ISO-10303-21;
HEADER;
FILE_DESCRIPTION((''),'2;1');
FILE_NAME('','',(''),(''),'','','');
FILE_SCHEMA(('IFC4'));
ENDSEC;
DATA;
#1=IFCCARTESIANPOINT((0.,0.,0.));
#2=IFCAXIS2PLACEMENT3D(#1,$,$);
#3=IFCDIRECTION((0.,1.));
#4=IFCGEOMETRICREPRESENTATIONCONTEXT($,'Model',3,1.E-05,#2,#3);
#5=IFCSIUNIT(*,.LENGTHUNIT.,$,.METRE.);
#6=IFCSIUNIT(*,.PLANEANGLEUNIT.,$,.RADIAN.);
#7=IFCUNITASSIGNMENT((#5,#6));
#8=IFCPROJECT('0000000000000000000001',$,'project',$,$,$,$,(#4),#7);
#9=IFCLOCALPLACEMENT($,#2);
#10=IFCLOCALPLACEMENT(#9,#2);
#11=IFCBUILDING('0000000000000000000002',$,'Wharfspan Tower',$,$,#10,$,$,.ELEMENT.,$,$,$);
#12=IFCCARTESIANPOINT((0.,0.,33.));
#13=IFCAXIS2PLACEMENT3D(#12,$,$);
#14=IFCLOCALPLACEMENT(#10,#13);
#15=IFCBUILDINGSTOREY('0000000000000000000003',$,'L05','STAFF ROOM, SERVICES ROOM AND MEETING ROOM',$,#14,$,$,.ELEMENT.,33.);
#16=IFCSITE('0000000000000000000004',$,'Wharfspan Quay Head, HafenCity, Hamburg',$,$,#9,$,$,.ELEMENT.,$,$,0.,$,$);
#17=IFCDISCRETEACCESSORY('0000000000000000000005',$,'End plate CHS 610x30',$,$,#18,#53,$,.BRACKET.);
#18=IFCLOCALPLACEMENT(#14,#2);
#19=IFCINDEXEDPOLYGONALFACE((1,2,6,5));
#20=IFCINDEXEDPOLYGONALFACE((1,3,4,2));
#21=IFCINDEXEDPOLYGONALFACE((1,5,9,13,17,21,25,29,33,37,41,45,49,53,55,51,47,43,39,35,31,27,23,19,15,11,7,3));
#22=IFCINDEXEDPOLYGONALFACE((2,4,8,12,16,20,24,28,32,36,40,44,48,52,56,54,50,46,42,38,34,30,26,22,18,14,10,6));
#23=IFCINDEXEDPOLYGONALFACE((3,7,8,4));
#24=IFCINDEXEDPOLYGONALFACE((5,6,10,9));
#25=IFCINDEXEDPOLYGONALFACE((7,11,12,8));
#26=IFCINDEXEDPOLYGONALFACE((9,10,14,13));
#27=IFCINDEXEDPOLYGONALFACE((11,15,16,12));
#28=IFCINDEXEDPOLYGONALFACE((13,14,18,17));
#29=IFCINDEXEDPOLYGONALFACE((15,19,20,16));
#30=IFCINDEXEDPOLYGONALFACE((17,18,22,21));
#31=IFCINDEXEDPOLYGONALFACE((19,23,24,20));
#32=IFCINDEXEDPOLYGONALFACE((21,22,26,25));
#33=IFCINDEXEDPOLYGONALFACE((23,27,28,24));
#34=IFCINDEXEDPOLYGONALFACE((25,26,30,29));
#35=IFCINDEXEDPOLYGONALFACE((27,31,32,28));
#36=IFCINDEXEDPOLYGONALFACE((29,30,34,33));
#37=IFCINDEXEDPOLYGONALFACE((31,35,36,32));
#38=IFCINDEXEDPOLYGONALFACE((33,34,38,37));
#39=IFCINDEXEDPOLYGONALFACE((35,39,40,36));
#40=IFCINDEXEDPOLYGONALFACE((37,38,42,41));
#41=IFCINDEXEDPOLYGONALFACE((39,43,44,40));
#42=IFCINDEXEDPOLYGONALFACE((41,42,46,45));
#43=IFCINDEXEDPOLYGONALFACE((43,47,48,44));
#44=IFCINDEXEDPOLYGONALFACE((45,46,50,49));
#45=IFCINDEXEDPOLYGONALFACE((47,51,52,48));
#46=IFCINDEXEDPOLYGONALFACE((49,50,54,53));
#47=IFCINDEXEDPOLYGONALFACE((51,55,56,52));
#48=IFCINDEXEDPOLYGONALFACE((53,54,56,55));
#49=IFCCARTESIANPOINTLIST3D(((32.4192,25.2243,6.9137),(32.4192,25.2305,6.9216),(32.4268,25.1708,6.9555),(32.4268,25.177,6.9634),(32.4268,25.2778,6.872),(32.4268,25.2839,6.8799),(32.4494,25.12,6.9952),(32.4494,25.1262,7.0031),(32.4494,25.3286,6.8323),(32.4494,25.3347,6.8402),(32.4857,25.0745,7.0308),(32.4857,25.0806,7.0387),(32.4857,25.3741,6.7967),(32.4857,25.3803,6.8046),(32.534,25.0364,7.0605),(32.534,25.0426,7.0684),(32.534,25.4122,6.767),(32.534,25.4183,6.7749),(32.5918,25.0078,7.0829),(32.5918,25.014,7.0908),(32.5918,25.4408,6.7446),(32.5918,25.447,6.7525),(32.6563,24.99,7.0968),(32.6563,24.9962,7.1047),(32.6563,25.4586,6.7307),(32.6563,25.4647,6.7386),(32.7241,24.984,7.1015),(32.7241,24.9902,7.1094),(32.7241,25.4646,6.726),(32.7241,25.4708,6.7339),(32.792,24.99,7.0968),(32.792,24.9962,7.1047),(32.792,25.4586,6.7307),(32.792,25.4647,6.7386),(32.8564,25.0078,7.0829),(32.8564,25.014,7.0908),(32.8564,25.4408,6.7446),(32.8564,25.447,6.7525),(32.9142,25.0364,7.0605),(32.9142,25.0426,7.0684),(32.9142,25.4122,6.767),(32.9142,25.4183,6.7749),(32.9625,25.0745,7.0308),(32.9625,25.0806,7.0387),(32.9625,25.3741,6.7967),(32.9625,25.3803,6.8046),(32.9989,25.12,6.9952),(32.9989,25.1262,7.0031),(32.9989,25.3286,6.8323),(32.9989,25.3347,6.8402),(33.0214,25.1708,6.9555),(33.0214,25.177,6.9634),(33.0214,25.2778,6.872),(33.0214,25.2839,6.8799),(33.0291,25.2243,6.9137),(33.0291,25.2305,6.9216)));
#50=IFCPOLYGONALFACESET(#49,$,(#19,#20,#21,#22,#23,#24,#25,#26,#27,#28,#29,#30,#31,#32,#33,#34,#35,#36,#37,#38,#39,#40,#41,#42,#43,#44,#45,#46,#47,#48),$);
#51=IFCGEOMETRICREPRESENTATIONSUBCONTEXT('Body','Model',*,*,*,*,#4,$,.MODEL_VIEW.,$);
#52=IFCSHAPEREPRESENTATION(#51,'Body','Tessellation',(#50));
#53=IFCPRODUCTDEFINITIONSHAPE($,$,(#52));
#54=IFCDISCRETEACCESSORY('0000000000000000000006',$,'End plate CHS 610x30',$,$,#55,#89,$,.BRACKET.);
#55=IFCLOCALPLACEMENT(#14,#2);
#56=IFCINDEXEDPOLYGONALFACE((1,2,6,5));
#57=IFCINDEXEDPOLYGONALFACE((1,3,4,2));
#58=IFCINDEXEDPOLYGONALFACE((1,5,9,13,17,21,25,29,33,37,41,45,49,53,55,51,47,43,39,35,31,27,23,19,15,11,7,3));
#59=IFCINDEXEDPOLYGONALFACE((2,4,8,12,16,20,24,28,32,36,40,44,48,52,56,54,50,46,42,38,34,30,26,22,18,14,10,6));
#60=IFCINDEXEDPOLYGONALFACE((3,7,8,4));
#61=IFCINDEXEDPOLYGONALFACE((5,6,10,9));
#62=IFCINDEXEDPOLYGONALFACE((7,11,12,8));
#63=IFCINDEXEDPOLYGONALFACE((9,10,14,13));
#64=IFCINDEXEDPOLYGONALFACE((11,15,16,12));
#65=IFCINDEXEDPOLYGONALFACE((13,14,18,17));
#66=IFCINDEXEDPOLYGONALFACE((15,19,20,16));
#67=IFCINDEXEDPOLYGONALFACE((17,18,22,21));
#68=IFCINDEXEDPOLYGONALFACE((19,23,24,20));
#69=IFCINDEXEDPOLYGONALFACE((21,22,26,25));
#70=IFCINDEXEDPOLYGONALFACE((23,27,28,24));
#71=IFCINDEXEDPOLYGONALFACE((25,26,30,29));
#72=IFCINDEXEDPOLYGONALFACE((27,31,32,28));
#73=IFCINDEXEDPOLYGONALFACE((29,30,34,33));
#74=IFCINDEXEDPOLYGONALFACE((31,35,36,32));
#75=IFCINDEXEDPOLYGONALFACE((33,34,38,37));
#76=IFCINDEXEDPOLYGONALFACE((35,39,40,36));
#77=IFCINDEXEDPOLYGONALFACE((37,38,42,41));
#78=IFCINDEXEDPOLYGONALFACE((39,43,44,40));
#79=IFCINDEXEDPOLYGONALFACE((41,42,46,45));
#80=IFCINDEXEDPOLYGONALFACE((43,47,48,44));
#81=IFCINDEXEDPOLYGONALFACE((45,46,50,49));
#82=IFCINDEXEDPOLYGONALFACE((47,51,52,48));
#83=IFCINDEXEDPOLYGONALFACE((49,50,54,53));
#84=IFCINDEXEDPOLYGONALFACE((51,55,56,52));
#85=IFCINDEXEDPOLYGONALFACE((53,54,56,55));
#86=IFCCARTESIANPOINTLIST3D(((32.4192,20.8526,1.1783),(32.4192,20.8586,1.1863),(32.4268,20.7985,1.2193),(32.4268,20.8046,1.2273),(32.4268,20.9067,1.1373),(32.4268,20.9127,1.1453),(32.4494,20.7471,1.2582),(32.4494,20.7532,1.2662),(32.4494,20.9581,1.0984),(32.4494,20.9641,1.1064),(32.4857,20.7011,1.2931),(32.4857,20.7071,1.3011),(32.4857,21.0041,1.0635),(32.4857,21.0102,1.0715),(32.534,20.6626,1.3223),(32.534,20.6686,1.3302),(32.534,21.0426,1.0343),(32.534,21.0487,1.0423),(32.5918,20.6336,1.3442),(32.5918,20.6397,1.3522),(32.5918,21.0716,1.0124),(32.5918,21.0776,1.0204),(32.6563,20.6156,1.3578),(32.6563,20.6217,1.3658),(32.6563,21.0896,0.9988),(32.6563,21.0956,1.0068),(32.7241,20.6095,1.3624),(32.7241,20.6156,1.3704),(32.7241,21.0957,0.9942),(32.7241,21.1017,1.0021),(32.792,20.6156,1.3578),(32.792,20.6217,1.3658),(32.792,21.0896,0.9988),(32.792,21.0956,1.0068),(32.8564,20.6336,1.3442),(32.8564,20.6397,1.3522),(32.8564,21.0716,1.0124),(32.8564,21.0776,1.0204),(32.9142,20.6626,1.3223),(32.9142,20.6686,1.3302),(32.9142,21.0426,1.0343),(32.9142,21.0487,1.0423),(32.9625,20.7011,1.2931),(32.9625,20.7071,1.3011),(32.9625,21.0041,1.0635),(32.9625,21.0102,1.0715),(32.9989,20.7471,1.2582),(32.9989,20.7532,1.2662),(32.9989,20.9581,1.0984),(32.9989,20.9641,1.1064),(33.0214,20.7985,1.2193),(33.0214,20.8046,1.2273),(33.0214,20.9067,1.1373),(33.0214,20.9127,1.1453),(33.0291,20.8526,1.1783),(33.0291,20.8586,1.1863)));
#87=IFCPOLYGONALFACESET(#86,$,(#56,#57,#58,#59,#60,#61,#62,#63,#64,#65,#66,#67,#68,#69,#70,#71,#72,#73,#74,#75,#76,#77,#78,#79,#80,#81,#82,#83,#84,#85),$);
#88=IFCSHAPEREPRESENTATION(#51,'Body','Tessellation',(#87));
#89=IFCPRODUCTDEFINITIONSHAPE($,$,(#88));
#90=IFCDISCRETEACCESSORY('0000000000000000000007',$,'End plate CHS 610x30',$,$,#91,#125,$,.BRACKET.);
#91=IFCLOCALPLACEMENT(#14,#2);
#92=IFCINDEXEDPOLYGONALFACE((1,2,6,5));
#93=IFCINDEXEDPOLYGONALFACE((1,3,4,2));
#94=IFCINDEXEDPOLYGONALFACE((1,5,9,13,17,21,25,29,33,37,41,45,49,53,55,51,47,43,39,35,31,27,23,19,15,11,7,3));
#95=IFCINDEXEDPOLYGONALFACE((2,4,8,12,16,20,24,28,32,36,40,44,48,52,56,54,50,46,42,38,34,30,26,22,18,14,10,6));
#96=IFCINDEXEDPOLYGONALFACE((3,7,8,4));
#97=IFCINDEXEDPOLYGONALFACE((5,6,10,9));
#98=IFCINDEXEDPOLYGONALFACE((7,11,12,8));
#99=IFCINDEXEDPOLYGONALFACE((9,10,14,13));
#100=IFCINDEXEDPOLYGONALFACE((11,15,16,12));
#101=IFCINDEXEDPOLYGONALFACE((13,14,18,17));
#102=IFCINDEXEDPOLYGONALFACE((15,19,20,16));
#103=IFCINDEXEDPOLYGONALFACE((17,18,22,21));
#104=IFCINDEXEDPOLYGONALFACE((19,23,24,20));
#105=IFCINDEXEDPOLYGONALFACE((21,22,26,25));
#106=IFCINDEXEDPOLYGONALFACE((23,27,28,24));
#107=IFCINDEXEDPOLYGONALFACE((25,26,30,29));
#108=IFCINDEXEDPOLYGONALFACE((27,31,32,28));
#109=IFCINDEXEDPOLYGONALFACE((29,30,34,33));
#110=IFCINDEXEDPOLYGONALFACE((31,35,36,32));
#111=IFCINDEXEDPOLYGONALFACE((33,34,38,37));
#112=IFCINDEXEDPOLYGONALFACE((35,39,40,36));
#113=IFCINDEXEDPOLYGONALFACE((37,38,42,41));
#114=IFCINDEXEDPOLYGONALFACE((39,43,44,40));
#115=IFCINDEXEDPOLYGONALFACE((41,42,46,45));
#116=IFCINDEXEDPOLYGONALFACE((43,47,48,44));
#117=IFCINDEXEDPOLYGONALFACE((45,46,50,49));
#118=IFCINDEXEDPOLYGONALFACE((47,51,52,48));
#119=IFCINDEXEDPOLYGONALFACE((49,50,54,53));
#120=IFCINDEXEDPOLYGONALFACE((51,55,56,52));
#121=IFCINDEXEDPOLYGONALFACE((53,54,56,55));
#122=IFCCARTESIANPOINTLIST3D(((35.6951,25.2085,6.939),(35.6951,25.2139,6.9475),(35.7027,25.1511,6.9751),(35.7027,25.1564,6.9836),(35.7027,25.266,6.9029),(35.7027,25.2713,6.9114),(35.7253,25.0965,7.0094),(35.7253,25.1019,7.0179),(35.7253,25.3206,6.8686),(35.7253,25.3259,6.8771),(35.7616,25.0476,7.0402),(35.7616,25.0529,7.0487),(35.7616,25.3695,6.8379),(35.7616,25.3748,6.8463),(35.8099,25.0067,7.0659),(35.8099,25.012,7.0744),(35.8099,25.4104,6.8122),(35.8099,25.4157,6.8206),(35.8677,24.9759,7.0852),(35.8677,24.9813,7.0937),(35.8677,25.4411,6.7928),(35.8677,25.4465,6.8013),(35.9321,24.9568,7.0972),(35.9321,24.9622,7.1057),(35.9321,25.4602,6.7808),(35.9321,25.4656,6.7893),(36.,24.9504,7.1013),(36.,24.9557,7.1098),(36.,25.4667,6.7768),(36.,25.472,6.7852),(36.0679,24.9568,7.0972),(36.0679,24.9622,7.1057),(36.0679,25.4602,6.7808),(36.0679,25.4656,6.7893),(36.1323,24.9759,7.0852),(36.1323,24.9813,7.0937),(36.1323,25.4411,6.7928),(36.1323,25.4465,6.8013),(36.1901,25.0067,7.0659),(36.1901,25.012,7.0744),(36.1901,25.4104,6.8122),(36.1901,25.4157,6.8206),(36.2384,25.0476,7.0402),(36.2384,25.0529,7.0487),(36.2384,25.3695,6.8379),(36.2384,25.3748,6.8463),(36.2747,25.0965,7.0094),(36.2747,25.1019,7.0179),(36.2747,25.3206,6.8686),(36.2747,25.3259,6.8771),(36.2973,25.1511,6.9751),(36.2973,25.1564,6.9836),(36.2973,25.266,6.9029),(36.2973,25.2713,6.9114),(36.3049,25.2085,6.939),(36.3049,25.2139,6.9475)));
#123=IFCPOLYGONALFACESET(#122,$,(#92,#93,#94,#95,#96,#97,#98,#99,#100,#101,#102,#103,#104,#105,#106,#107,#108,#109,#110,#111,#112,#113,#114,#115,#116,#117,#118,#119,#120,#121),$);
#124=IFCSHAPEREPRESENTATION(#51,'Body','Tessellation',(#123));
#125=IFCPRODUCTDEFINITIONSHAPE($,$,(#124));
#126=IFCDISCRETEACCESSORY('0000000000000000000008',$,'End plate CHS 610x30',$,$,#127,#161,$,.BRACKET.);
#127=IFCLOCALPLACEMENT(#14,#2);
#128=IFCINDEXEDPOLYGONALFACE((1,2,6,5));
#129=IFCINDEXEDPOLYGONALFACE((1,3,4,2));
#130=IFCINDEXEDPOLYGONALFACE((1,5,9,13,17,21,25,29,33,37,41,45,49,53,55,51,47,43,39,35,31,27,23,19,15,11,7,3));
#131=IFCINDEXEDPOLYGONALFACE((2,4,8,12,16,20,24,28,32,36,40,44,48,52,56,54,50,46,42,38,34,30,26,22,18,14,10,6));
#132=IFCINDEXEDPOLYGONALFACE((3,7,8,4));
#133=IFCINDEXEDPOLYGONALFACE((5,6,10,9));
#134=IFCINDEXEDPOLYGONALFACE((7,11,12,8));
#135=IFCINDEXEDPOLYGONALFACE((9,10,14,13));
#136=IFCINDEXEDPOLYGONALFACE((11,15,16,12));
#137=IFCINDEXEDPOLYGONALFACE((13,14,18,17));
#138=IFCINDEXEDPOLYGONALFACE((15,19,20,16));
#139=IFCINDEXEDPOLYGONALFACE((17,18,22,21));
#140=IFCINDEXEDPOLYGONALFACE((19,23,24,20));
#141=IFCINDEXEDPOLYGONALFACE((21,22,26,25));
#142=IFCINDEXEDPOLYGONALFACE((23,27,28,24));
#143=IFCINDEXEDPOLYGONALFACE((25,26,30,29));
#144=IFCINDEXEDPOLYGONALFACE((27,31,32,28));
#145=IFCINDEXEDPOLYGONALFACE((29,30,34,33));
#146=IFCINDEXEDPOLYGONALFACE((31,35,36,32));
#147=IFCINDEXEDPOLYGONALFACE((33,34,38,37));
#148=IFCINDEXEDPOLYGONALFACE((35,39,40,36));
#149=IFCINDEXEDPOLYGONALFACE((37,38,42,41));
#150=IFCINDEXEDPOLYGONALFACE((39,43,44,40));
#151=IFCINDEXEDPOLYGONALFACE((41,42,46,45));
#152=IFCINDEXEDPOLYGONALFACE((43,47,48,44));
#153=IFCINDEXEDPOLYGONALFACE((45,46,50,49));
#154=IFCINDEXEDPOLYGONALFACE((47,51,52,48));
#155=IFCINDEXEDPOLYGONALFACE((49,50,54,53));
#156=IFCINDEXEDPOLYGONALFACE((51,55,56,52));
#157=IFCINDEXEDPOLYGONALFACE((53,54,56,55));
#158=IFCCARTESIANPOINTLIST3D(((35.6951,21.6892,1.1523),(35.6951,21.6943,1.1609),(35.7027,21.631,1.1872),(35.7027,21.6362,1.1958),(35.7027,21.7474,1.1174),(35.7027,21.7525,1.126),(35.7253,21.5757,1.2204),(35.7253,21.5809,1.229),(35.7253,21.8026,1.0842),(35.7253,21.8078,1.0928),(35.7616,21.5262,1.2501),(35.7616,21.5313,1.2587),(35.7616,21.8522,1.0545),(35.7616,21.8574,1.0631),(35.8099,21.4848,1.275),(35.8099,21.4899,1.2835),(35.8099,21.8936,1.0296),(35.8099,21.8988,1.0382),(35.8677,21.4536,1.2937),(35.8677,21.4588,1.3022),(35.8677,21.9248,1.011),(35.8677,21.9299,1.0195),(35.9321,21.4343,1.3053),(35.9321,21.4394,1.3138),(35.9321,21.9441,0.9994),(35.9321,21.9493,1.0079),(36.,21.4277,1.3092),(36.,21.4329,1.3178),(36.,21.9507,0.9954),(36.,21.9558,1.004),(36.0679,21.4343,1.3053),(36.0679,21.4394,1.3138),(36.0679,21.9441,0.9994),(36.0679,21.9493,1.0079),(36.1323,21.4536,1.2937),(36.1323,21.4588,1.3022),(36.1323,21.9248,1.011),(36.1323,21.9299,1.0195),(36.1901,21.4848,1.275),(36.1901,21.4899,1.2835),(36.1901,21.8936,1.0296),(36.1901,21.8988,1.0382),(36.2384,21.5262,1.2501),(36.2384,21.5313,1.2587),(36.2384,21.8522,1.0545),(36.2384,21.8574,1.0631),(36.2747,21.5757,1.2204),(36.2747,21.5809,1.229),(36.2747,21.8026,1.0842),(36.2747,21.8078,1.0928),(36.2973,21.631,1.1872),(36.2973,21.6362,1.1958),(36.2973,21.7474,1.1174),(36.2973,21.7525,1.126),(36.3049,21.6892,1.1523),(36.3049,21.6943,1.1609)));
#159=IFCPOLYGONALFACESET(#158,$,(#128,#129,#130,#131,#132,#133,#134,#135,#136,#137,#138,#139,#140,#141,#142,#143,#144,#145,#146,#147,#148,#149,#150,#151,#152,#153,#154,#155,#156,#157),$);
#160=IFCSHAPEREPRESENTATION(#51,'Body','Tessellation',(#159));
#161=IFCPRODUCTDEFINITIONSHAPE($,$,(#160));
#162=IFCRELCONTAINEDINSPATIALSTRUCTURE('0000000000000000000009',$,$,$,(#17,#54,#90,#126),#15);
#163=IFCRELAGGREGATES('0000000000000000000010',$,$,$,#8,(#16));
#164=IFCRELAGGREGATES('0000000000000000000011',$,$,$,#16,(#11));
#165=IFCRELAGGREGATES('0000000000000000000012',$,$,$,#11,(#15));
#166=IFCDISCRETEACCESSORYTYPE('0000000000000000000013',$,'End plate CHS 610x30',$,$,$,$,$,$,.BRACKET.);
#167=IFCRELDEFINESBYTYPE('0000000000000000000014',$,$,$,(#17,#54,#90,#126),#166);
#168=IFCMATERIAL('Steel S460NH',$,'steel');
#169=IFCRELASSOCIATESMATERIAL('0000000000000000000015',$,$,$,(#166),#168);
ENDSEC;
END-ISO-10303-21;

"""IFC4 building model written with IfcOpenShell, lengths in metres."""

from ifc_helpers import new_model, si_unit, direction, frame, origin, origin_2d, place, context, subcontext, project, spatial, circle, extrude, material, material_profile, profile_set, type_object, element, save


model = new_model("IFC4")

# Units and contexts
model_context = context("Model", 3, precision=1e-05, world=origin(), true_north=direction((0.0, 1.0)))
body_context = subcontext(model_context, "Body", "Model", "MODEL_VIEW")
ifc_project = project(units=[si_unit("LENGTHUNIT", "METRE"), si_unit("PLANEANGLEUNIT", "RADIAN")], contexts=[model_context])

# Site, building, storey
site_placement = place(None, origin())
site = spatial("IfcSite", under=ifc_project, at=site_placement, Name="Wharfspan Quay Head, HafenCity, Hamburg", CompositionType="ELEMENT", RefElevation=0.0)
building_placement = place(site_placement, origin())
building = spatial("IfcBuilding", under=site, at=building_placement, Name="Wharfspan Tower", CompositionType="ELEMENT")
storey_placement = place(building_placement, frame((0.0, 0.0, 33.0)))
storey = spatial("IfcBuildingStorey", under=building, at=storey_placement, Name="L05", Description="STAFF ROOM, SERVICES ROOM AND MEETING ROOM", CompositionType="ELEMENT", Elevation=33.0)

# Shared definitions
ifc_material_1 = material(Name="Steel S460NH", Category="steel")

# Discrete accessories
ifc_material_profile_1 = material_profile(ifc_material_1, circle(Radius=0.3049, at=origin_2d()))
ifc_profile_set_1 = profile_set([ifc_material_profile_1], Name="Steel S460NH")
discrete_accessory_type = type_object("IfcDiscreteAccessoryType", Name="End plate CHS 610x30", PredefinedType="BRACKET", material=ifc_profile_set_1)
for number, where, z_axis, x_axis, name in (
    (1, (32.7241, 25.2305, 6.9216), (0.0, -0.615644, -0.788024), (1.0, 0.0, 0.0), "End plate CHS 610x30"),
    (2, (32.7241, 20.8586, 1.1863), (0.0, -0.603858, -0.797092), (1.0, 0.0, 0.0), "End plate CHS 610x30"),
    (3, (36.0, 25.2139, 6.9475), (0.0, -0.532172, -0.846637), (1.0, 0.0, 0.0), "End plate CHS 610x30"),
    (4, (36.0, 21.6943, 1.1609), (0.0, -0.514496, -0.857493), (1.0, 0.0, 0.0), "End plate CHS 610x30"),
):
    element("IfcDiscreteAccessory", number, at=place(storey_placement, frame(where, z_axis=z_axis, x_axis=x_axis)), inside=storey, type_object=discrete_accessory_type, Name=name, PredefinedType="BRACKET", context=body_context, shape_type="SweptSolid", body=[
        extrude(circle(Radius=0.3049, at=origin_2d()), origin(), (0.0, 0.0, 1.0), 0.01),
    ])

save(model, "model.ifc")
